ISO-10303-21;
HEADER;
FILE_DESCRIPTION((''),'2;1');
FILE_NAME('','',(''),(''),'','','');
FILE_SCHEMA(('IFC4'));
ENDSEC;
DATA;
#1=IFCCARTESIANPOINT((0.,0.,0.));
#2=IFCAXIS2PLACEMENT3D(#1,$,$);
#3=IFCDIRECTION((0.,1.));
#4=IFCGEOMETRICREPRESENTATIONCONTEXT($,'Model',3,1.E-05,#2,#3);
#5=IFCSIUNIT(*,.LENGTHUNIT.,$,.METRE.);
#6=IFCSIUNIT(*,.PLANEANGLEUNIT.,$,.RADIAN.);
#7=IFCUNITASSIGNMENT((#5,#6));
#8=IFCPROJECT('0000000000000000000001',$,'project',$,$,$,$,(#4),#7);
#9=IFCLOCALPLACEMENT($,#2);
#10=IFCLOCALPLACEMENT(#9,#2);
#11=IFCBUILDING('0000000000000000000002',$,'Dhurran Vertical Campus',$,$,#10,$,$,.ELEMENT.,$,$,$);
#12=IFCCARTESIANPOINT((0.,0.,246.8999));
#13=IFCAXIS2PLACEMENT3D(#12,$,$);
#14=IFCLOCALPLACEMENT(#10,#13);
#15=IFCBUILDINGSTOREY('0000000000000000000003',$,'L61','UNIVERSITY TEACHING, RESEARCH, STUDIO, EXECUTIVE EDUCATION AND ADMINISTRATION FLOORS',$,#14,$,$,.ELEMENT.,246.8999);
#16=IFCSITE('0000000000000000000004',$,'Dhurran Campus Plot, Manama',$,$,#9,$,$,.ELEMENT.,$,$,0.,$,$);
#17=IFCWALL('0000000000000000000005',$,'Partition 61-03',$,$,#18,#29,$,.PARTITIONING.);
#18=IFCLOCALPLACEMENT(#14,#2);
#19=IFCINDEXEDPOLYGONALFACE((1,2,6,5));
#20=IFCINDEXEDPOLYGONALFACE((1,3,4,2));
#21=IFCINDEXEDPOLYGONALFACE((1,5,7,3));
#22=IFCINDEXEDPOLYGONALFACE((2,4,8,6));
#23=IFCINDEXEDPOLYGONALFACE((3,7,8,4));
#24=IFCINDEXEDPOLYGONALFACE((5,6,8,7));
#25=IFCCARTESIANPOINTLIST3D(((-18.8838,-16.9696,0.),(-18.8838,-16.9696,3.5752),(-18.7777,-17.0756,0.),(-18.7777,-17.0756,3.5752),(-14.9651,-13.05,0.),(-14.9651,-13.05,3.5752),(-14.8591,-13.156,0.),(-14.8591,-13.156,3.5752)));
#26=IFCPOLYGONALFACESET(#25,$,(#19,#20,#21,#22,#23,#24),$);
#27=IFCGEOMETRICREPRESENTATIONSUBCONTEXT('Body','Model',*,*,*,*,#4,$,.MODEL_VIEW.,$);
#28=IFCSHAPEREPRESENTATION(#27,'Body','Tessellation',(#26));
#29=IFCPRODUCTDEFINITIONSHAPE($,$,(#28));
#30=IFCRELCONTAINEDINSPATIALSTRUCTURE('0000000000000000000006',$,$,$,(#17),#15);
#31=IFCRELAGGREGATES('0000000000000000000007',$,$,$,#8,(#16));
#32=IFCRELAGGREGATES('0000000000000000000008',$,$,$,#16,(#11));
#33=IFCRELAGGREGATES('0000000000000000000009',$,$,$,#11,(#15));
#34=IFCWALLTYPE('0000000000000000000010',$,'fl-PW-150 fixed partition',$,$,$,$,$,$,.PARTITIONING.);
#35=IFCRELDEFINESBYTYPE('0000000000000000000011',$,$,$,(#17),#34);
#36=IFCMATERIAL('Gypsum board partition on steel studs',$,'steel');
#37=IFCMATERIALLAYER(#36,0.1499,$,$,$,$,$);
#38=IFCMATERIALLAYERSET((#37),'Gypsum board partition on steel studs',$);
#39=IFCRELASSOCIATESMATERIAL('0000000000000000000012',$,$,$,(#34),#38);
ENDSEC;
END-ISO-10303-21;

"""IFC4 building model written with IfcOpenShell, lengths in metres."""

from ifc_helpers import new_model, si_unit, direction, frame, frame_2d, origin, place, context, subcontext, project, spatial, rectangle, extrude, material, layer, layer_set, type_object, element, save


model = new_model("IFC4")

# Units and contexts
model_context = context("Model", 3, precision=1e-05, world=origin(), true_north=direction((0.0, 1.0)))
body_context = subcontext(model_context, "Body", "Model", "MODEL_VIEW")
ifc_project = project(units=[si_unit("LENGTHUNIT", "METRE"), si_unit("PLANEANGLEUNIT", "RADIAN")], contexts=[model_context])

# Site, building, storey
site_placement = place(None, origin())
site = spatial("IfcSite", under=ifc_project, at=site_placement, Name="Dhurran Campus Plot, Manama", CompositionType="ELEMENT", RefElevation=0.0)
building_placement = place(site_placement, origin())
building = spatial("IfcBuilding", under=site, at=building_placement, Name="Dhurran Vertical Campus", CompositionType="ELEMENT")
storey_placement = place(building_placement, frame((0.0, 0.0, 246.8999)))
storey = spatial("IfcBuildingStorey", under=building, at=storey_placement, Name="L61", Description="UNIVERSITY TEACHING, RESEARCH, STUDIO, EXECUTIVE EDUCATION AND ADMINISTRATION FLOORS", CompositionType="ELEMENT", Elevation=246.8999)

# Wall
ifc_material_1 = material(Name="Gypsum board partition on steel studs", Category="steel")
ifc_layer_1 = layer(ifc_material_1, 0.1499)
ifc_layer_set_1 = layer_set([ifc_layer_1], Name="Gypsum board partition on steel studs")
wall_type_1 = type_object("IfcWallType", Name="fl-PW-150 fixed partition", PredefinedType="PARTITIONING", material=ifc_layer_set_1)
wall_1_placement = place(storey_placement, frame((-14.9121, -13.103, 0.0), z_axis=(0.0, 0.0, 1.0), x_axis=(-0.707019, -0.707195, 0.0)))
element("IfcWall", 1, at=wall_1_placement, inside=storey, type_object=wall_type_1, Name="Partition 61-03", PredefinedType="PARTITIONING", context=body_context, shape_type="SweptSolid", body=[
    extrude(rectangle(XDim=5.5425, YDim=0.1499, at=frame_2d((2.7712, 0.0))), origin(), (0.0, 0.0, 1.0), 3.5752),
])

save(model, "model.ifc")
